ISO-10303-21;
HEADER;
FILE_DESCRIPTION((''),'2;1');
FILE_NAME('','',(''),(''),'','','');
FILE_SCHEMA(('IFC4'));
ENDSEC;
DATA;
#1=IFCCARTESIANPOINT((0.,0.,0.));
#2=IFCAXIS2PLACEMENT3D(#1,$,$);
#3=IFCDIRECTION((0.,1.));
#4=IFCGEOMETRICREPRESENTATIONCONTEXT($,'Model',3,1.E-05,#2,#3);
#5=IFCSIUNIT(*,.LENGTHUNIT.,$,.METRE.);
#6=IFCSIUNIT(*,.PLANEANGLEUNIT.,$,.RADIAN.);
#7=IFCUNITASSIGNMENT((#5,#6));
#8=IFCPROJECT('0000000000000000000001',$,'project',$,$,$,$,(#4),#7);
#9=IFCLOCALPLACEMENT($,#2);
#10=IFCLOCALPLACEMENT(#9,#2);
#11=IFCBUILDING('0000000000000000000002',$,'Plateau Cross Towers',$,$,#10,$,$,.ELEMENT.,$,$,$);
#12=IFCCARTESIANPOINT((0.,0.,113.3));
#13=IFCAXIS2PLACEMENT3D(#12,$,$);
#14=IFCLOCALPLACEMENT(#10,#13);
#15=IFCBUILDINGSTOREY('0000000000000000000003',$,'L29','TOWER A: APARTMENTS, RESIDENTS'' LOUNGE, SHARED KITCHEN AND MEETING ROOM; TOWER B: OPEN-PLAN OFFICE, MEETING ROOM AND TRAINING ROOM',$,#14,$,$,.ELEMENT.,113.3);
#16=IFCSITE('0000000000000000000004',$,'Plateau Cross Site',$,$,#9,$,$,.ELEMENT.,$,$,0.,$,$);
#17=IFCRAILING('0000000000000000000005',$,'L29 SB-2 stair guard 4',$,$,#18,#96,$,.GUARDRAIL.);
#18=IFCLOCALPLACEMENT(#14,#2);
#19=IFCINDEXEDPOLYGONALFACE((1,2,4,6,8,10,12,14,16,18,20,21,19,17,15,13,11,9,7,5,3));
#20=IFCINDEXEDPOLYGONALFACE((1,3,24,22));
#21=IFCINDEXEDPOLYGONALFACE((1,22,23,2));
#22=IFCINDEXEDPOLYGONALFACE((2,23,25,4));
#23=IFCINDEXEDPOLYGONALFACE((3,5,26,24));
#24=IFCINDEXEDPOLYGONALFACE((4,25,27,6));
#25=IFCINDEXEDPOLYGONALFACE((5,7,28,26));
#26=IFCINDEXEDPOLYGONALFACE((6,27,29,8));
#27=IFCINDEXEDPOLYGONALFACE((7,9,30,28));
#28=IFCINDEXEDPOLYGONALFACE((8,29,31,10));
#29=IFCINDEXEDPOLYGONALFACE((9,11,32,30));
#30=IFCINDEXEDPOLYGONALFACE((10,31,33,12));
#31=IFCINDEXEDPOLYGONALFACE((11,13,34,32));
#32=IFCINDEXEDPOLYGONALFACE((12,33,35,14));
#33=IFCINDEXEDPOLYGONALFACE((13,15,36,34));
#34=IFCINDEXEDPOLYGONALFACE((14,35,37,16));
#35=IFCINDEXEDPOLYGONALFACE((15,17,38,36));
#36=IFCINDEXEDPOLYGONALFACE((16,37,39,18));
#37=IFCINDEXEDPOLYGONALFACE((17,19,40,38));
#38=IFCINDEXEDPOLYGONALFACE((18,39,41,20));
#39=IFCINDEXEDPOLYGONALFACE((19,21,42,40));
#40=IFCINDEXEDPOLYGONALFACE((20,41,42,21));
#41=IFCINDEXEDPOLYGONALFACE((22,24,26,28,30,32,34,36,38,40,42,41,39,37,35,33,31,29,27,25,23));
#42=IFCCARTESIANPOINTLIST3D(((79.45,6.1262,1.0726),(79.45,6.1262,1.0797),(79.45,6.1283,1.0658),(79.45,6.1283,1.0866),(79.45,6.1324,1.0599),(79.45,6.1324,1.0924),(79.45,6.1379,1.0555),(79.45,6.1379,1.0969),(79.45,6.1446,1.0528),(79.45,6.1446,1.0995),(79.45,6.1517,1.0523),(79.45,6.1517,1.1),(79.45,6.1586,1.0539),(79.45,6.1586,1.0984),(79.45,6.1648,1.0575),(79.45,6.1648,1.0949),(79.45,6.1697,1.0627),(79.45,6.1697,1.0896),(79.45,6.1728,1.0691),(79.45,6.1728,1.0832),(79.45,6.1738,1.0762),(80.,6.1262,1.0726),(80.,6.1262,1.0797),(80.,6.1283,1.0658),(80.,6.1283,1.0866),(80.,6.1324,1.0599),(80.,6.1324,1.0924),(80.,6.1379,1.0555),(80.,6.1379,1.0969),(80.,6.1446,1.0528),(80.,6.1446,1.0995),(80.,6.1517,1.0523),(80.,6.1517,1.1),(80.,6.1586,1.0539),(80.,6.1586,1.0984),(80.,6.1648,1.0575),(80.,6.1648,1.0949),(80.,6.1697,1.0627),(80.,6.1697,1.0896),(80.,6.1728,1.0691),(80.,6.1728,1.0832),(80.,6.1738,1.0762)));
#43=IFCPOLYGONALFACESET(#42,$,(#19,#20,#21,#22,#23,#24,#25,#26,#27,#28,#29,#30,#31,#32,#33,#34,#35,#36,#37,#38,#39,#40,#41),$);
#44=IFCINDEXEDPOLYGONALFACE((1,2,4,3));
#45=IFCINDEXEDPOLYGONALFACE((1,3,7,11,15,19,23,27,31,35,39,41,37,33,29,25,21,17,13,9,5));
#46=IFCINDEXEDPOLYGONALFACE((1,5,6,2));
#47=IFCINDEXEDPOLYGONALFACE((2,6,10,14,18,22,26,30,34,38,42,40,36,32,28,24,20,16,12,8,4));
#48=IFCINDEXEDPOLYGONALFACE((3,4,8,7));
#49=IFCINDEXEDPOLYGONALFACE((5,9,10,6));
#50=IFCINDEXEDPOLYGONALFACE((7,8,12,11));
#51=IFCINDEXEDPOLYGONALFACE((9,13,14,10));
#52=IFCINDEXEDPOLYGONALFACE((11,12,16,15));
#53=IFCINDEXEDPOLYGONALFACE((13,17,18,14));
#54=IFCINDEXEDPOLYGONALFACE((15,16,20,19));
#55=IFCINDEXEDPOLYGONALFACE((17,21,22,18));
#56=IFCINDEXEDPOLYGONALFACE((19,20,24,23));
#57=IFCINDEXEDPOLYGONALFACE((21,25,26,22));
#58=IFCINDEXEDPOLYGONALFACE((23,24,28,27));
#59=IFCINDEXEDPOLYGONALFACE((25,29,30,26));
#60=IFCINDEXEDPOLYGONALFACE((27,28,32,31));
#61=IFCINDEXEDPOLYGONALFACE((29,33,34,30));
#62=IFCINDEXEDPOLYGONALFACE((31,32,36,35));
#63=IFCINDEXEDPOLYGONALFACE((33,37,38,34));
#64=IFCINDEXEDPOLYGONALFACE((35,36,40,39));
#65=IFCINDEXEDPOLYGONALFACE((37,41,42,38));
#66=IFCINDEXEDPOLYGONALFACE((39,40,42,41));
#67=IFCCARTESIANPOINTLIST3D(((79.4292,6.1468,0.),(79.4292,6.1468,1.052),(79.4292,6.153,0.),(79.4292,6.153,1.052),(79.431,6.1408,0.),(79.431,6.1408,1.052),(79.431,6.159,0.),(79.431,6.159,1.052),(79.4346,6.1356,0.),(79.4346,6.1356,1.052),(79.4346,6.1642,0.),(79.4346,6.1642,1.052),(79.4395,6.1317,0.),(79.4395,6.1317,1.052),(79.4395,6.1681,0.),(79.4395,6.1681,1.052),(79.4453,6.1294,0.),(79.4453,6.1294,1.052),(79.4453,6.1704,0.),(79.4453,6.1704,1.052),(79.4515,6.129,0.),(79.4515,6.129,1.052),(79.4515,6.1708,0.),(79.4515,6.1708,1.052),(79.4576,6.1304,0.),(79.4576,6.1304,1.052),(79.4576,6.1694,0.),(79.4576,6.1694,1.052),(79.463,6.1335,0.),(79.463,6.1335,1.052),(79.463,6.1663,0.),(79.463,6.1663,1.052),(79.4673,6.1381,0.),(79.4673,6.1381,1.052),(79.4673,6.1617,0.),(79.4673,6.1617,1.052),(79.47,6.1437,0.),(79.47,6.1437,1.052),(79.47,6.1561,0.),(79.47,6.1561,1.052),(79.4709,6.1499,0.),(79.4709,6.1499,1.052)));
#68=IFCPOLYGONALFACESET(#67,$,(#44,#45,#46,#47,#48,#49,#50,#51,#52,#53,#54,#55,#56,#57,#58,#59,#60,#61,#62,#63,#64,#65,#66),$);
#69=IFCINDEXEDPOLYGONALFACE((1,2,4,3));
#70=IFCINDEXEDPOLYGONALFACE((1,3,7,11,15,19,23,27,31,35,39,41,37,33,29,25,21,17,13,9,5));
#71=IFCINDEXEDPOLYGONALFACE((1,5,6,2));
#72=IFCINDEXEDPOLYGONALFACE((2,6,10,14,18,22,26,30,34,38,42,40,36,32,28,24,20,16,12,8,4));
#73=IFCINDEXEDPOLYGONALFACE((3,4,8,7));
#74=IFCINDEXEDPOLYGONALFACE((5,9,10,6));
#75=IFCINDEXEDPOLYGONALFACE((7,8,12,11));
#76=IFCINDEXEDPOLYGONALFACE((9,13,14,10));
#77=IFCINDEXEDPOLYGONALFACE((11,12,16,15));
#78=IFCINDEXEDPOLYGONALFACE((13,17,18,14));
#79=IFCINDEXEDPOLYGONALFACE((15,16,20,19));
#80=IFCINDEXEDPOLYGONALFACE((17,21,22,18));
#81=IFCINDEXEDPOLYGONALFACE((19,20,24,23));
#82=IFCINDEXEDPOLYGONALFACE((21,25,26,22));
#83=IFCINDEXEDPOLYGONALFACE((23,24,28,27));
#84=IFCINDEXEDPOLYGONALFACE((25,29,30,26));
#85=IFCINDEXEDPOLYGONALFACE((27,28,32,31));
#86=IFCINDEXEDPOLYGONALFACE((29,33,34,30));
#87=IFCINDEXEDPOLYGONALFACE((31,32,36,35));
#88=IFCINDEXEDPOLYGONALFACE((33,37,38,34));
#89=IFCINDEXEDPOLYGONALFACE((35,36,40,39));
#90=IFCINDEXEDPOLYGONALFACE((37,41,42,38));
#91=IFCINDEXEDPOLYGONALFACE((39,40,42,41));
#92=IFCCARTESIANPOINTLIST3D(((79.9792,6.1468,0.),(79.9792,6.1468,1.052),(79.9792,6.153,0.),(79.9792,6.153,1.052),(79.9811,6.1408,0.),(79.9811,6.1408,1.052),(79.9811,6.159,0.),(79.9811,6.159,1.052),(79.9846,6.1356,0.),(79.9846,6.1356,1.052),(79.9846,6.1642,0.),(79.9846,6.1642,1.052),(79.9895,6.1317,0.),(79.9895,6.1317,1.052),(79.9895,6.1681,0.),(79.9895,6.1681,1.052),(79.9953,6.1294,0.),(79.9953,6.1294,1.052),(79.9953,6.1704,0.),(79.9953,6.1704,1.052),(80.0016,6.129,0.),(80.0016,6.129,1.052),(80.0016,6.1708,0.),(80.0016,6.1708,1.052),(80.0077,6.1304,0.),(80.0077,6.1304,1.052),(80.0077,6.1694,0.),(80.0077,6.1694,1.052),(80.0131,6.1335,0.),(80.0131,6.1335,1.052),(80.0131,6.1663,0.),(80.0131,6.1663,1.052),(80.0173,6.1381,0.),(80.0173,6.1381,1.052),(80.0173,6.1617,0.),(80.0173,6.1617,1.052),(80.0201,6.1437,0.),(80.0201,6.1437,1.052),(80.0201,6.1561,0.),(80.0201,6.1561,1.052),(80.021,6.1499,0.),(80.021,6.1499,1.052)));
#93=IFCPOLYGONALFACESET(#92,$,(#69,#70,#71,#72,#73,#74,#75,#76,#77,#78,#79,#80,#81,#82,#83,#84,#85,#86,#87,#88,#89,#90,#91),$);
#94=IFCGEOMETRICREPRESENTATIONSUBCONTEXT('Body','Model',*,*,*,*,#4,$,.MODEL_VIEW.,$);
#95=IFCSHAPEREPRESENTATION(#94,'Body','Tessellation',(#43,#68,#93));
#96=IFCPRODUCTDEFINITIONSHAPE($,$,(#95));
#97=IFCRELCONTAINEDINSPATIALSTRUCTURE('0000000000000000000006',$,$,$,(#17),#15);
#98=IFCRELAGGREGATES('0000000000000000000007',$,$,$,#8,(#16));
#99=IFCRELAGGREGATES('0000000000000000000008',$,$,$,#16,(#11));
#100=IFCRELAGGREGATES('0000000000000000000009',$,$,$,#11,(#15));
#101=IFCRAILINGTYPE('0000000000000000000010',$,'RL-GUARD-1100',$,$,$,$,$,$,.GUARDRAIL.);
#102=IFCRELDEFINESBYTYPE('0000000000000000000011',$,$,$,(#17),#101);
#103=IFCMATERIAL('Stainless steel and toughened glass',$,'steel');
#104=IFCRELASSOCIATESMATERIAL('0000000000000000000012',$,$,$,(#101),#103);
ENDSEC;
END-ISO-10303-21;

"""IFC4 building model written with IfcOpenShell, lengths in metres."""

from ifc_helpers import new_model, si_unit, direction, frame, origin, origin_2d, place, context, subcontext, project, spatial, circle, extrude, material, type_object, element, save


model = new_model("IFC4")

# Units and contexts
model_context = context("Model", 3, precision=1e-05, world=origin(), true_north=direction((0.0, 1.0)))
body_context = subcontext(model_context, "Body", "Model", "MODEL_VIEW")
ifc_project = project(units=[si_unit("LENGTHUNIT", "METRE"), si_unit("PLANEANGLEUNIT", "RADIAN")], contexts=[model_context])

# Site, building, storey
site_placement = place(None, origin())
site = spatial("IfcSite", under=ifc_project, at=site_placement, Name="Plateau Cross Site", CompositionType="ELEMENT", RefElevation=0.0)
building_placement = place(site_placement, origin())
building = spatial("IfcBuilding", under=site, at=building_placement, Name="Plateau Cross Towers", CompositionType="ELEMENT")
storey_placement = place(building_placement, frame((0.0, 0.0, 113.3)))
storey = spatial("IfcBuildingStorey", under=building, at=storey_placement, Name="L29", Description="TOWER A: APARTMENTS, RESIDENTS' LOUNGE, SHARED KITCHEN AND MEETING ROOM; TOWER B: OPEN-PLAN OFFICE, MEETING ROOM AND TRAINING ROOM", CompositionType="ELEMENT", Elevation=113.3)

# Railing
ifc_material_1 = material(Name="Stainless steel and toughened glass", Category="steel")
railing_type = type_object("IfcRailingType", Name="RL-GUARD-1100", PredefinedType="GUARDRAIL", material=ifc_material_1)
railing_1_placement = place(storey_placement, frame((79.45, 6.1499, 0.0)))
element("IfcRailing", 1, at=railing_1_placement, inside=storey, type_object=railing_type, Name="L29 SB-2 stair guard 4", PredefinedType="GUARDRAIL", context=body_context, shape_type="SweptSolid", body=[
    extrude(circle(Radius=0.0239, at=origin_2d()), frame((0.0, 0.0, 1.0762), z_axis=(1.0, 0.0, 0.0), x_axis=(0.0, 1.0, 0.0)), (0.0, 0.0, 1.0), 0.55),
    extrude(circle(Radius=0.021, at=origin_2d()), origin(), (0.0, 0.0, 1.0), 1.052),
    extrude(circle(Radius=0.021, at=origin_2d()), frame((0.55, 0.0, 0.0)), (0.0, 0.0, 1.0), 1.052),
])

save(model, "model.ifc")
